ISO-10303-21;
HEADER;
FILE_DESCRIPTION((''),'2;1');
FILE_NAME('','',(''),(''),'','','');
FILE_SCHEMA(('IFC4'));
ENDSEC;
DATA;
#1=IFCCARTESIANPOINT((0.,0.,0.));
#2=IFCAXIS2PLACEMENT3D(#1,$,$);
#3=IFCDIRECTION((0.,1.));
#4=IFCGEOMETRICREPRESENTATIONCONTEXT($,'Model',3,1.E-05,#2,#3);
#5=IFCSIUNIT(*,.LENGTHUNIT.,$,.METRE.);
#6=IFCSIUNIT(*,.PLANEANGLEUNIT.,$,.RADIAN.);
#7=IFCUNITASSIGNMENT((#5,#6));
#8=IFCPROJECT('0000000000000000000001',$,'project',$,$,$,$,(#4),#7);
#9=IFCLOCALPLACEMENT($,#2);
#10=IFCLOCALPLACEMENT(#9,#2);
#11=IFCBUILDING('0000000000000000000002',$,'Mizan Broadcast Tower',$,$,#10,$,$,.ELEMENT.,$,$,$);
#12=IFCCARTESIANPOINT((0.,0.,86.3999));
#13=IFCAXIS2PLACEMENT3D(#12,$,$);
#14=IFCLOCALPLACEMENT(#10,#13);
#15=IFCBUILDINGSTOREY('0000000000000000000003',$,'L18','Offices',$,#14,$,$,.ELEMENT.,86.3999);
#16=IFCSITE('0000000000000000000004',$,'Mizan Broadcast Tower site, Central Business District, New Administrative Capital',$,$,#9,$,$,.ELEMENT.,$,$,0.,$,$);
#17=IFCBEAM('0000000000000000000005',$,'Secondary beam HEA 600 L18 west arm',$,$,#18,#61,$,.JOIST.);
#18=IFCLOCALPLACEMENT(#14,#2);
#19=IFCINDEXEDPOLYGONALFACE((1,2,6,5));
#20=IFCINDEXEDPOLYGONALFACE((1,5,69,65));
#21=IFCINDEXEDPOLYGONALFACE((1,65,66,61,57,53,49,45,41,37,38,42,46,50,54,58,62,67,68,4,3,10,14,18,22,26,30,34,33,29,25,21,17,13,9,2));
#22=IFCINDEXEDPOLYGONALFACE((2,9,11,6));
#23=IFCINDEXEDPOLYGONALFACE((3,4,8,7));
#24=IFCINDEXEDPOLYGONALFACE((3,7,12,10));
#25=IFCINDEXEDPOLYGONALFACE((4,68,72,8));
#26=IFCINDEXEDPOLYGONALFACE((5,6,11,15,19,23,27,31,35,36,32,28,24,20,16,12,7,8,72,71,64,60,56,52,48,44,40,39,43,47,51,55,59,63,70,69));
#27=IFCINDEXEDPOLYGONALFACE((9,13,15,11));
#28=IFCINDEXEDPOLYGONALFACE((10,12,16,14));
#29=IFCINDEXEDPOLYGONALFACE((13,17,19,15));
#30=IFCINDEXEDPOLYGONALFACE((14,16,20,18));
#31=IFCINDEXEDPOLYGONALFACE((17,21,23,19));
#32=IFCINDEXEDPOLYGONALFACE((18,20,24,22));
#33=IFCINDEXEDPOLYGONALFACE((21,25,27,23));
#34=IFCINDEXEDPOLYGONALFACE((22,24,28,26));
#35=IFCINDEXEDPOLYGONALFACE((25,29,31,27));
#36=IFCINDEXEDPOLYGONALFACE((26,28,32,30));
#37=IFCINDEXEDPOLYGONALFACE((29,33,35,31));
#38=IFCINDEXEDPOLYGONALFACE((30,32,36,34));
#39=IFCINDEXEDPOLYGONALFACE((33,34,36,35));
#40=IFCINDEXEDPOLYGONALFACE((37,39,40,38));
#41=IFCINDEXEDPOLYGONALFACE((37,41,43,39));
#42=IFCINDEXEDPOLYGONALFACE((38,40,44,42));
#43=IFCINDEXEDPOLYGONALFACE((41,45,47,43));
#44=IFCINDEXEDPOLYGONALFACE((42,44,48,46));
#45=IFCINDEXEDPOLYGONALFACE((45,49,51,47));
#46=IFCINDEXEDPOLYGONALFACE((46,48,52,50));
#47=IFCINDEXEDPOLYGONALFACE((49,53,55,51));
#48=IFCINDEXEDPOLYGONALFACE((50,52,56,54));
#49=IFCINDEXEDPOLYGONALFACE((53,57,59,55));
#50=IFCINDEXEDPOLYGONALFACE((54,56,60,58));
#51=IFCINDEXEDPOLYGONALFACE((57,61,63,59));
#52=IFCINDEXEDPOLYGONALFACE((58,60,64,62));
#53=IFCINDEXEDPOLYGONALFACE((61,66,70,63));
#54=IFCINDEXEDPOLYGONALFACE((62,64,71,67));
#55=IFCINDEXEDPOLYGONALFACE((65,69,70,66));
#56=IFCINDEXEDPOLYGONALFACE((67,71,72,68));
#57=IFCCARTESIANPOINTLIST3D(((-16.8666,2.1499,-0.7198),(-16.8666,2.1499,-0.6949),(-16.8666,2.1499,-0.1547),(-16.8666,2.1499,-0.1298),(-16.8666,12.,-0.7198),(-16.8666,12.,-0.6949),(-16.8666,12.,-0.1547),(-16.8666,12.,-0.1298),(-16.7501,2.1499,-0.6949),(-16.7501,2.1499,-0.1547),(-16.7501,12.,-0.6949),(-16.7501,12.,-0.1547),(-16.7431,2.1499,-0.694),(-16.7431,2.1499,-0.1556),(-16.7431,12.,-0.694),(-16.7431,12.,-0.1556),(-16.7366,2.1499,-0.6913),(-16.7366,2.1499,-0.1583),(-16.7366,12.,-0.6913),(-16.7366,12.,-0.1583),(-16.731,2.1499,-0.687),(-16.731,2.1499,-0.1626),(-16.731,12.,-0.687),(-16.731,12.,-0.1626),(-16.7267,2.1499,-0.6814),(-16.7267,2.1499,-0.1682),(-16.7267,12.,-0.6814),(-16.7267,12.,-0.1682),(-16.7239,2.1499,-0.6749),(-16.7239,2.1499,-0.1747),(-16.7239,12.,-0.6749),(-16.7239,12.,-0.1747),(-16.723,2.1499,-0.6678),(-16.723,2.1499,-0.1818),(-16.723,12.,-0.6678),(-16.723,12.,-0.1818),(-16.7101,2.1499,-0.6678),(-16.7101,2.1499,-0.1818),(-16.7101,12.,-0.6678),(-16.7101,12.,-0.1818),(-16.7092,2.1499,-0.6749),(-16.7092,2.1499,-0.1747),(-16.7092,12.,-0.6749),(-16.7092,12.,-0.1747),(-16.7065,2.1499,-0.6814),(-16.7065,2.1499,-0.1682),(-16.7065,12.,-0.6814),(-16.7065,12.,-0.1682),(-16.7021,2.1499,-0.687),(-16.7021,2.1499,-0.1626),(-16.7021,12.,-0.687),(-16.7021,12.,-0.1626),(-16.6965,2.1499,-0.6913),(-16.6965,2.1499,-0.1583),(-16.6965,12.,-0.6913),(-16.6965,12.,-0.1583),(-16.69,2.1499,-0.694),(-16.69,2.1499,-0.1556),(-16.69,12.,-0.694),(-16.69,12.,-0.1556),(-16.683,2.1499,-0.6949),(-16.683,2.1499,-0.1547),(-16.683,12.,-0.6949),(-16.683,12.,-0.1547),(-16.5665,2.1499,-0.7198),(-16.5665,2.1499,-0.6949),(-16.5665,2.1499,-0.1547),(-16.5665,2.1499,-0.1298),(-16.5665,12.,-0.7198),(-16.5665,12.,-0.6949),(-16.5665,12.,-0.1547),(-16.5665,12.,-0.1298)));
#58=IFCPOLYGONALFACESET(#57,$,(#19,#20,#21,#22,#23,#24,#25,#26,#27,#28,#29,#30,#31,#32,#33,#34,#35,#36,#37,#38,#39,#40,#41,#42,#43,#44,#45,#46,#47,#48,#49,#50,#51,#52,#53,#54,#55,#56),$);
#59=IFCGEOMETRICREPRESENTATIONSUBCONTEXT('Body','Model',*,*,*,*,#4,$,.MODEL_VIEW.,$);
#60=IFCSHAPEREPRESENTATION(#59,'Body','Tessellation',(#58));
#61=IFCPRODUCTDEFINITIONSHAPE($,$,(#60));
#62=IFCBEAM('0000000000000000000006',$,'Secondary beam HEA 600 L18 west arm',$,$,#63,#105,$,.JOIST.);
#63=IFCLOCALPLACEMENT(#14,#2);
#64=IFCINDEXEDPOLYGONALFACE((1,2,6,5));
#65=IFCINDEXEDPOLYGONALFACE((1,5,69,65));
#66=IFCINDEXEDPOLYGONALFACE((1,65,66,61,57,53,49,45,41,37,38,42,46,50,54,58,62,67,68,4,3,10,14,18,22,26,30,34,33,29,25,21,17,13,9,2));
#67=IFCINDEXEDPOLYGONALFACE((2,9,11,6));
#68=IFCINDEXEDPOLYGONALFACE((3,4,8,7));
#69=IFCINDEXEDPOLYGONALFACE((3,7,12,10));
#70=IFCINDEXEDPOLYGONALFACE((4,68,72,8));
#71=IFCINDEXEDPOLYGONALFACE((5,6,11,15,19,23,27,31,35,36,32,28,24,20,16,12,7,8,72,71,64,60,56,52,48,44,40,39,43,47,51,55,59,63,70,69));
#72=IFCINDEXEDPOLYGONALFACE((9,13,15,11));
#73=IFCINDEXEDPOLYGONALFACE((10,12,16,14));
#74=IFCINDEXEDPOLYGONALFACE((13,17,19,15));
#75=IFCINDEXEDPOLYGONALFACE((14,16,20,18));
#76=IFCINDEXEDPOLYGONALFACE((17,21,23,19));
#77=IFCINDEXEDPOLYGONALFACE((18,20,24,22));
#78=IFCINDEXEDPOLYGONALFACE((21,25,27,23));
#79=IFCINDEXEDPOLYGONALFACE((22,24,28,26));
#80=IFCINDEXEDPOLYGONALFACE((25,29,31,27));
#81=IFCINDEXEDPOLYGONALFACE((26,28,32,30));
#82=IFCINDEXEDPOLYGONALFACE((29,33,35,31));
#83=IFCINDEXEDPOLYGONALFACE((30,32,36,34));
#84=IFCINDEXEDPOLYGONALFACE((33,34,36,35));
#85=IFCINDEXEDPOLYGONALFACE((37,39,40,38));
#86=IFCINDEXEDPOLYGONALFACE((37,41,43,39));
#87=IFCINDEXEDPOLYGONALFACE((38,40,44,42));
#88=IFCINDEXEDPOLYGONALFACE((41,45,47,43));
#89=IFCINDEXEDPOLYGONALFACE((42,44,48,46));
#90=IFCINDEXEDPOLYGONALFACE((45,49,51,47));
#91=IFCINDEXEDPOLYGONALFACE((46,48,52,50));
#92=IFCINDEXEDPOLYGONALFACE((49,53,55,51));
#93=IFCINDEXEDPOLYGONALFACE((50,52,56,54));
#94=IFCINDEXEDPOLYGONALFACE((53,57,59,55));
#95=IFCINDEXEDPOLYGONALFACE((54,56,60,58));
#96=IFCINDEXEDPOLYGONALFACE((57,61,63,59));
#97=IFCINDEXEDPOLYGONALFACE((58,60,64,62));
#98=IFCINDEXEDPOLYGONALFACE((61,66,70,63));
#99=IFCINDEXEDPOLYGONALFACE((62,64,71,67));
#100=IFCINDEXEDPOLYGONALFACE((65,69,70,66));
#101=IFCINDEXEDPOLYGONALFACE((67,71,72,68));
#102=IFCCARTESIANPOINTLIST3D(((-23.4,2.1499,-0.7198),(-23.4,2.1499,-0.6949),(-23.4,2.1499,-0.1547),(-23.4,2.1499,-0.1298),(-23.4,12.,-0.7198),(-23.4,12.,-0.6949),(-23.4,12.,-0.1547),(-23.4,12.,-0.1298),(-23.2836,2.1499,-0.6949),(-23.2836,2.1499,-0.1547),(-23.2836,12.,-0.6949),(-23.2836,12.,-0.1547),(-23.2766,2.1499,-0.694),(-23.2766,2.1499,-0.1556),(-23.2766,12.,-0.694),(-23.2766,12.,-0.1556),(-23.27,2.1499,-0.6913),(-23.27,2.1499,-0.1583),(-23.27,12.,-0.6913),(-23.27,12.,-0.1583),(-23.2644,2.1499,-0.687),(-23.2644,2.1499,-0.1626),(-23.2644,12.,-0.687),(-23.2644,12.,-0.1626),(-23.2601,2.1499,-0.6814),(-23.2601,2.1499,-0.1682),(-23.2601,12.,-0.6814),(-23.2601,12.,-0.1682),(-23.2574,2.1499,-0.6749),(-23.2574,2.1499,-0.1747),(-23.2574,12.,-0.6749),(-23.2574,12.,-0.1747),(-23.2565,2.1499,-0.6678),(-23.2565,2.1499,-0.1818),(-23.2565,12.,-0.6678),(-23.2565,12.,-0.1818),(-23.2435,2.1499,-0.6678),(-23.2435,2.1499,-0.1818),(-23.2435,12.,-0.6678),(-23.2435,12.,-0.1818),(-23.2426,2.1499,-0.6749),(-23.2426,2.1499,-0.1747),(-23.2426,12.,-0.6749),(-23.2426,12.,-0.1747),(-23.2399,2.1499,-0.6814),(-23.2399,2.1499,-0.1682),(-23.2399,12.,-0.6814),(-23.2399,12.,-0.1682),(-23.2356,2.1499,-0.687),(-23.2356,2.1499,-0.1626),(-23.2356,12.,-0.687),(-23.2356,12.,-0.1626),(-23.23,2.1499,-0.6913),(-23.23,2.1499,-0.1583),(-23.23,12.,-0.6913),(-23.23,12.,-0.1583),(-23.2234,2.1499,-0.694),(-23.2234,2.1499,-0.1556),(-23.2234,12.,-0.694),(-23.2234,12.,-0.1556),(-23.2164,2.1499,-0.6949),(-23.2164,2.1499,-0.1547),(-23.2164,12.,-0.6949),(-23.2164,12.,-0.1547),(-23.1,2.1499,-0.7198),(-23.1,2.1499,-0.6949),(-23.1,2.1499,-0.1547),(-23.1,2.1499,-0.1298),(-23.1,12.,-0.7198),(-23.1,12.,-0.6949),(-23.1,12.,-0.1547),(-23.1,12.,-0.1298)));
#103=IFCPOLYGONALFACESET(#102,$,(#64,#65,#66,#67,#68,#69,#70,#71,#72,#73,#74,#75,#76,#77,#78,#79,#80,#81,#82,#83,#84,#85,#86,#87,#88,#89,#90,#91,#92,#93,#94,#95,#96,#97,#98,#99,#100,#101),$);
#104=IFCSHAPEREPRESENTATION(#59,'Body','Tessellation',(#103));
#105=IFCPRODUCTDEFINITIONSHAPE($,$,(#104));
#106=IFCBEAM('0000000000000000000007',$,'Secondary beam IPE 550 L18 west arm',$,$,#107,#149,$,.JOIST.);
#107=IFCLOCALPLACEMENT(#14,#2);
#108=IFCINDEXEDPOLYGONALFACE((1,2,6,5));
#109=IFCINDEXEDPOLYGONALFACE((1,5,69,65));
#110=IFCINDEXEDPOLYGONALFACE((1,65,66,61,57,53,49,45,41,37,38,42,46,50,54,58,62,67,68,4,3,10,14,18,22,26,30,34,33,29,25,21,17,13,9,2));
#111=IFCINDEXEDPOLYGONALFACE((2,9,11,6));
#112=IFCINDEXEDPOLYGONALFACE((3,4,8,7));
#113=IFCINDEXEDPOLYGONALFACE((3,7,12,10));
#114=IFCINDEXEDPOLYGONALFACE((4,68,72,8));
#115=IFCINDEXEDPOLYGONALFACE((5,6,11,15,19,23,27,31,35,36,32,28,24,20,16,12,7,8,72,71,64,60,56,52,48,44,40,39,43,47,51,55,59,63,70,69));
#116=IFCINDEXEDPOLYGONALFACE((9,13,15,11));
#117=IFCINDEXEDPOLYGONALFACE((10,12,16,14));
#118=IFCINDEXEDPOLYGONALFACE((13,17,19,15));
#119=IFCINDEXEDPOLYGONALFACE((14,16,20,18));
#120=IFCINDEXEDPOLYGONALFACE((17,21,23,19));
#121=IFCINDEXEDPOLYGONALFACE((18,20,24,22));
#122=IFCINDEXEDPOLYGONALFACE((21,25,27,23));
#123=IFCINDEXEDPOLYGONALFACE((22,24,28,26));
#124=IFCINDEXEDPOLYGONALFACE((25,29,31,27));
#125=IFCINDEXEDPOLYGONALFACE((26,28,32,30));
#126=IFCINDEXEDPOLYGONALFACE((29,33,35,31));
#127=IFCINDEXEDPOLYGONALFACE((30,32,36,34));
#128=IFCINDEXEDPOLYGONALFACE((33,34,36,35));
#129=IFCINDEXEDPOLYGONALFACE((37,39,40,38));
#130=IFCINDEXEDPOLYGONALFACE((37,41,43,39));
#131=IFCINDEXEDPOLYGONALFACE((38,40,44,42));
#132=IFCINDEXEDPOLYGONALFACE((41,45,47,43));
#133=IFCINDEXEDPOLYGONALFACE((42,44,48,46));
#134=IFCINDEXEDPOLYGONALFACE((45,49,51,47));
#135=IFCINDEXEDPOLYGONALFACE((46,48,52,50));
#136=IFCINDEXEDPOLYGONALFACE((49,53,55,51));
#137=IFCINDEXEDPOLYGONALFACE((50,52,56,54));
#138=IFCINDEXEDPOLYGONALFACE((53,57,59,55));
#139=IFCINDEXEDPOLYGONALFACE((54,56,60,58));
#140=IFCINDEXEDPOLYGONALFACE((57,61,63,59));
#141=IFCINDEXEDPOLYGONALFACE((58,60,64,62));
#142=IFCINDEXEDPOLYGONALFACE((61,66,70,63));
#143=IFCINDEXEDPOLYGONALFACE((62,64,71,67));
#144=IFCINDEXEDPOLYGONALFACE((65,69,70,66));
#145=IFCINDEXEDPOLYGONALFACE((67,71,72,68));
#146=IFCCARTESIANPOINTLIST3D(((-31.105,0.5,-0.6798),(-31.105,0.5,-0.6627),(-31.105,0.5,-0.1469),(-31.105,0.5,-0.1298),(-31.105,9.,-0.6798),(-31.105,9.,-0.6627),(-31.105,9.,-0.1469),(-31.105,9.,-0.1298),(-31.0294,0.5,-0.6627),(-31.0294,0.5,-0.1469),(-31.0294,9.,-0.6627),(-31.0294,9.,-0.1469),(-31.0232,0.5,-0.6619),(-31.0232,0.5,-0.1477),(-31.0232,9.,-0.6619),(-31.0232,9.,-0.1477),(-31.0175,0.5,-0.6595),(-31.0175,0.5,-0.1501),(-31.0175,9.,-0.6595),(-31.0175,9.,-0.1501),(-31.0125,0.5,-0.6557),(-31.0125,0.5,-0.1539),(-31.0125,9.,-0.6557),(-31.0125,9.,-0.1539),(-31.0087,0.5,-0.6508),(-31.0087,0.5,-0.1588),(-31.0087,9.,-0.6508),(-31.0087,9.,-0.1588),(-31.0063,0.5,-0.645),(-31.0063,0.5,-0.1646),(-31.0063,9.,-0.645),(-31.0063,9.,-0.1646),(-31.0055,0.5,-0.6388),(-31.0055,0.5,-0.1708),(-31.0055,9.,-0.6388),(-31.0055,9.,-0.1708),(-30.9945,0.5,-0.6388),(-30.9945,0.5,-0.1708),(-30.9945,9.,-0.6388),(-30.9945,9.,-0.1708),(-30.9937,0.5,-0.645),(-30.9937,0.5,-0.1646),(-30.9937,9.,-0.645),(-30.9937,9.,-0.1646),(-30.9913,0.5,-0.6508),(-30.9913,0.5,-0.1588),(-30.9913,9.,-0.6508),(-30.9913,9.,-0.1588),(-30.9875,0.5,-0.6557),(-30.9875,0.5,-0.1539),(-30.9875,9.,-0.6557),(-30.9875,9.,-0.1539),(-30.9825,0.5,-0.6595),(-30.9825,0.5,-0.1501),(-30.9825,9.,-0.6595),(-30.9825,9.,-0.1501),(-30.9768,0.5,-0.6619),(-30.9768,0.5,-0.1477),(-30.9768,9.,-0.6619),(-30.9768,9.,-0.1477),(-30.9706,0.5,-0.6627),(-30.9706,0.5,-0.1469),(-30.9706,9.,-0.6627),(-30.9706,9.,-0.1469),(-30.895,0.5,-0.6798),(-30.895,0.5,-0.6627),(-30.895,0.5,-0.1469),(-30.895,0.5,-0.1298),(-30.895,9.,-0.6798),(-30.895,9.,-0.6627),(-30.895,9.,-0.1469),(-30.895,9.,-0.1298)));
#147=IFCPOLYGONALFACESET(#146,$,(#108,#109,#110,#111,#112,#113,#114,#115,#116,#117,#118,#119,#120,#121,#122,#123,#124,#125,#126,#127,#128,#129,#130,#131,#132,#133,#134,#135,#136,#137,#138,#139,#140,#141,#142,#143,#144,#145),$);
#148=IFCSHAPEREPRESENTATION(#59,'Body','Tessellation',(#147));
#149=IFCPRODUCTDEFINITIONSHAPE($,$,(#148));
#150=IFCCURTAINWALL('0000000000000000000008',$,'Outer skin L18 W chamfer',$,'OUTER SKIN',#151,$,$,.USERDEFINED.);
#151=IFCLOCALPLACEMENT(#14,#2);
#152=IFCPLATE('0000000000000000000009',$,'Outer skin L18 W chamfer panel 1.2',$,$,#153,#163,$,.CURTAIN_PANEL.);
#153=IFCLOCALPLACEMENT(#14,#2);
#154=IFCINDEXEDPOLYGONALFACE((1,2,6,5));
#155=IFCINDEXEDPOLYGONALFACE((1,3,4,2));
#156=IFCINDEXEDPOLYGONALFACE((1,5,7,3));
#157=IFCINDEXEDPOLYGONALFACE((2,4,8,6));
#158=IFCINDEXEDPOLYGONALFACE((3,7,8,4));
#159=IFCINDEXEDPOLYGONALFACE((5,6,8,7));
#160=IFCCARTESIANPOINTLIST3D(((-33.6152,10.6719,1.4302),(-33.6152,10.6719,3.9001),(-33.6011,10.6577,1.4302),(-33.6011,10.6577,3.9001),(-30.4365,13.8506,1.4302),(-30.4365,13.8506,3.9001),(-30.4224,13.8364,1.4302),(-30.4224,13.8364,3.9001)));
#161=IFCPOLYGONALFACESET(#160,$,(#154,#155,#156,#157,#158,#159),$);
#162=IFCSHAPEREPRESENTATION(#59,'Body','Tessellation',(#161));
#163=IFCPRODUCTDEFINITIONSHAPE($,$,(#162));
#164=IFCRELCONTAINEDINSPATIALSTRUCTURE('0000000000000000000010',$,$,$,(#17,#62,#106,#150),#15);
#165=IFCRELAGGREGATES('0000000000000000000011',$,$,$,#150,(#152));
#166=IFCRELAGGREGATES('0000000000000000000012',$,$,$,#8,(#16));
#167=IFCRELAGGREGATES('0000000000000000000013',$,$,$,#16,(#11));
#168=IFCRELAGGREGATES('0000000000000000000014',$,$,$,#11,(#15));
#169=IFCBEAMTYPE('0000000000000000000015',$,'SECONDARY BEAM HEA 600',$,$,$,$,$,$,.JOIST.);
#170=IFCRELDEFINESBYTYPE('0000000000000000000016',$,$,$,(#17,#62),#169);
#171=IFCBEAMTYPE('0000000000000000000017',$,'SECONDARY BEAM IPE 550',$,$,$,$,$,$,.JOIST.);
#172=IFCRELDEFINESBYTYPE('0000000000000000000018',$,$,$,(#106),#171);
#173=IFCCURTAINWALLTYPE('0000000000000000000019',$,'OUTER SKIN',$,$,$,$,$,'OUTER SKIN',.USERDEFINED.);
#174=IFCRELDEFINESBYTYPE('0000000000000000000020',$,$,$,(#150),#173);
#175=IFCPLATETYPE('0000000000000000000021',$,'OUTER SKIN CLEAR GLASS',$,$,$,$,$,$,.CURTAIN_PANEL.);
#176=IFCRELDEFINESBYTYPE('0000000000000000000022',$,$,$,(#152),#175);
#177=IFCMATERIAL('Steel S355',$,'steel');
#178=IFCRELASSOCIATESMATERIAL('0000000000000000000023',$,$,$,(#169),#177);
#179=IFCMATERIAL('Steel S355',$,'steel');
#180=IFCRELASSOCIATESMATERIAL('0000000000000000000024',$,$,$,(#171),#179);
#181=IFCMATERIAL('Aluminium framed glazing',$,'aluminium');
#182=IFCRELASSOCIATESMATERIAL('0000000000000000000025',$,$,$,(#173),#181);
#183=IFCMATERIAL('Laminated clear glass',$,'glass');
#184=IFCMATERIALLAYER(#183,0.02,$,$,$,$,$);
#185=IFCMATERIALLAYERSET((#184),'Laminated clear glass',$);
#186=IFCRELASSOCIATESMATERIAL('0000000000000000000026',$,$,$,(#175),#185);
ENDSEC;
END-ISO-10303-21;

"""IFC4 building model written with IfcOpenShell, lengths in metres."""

from ifc_helpers import new_model, si_unit, direction, frame, origin, origin_2d, place, context, subcontext, project, spatial, rectangle, i_section, extrude, material, layer, layer_set, material_profile, profile_set, type_object, element, aggregate, save


model = new_model("IFC4")

# Units and contexts
model_context = context("Model", 3, precision=1e-05, world=origin(), true_north=direction((0.0, 1.0)))
body_context = subcontext(model_context, "Body", "Model", "MODEL_VIEW")
ifc_project = project(units=[si_unit("LENGTHUNIT", "METRE"), si_unit("PLANEANGLEUNIT", "RADIAN")], contexts=[model_context])

# Site, building, storey
site_placement = place(None, origin())
site = spatial("IfcSite", under=ifc_project, at=site_placement, Name="Mizan Broadcast Tower site, Central Business District, New Administrative Capital", CompositionType="ELEMENT", RefElevation=0.0)
building_placement = place(site_placement, origin())
building = spatial("IfcBuilding", under=site, at=building_placement, Name="Mizan Broadcast Tower", CompositionType="ELEMENT")
storey_placement = place(building_placement, frame((0.0, 0.0, 86.3999)))
storey = spatial("IfcBuildingStorey", under=building, at=storey_placement, Name="L18", Description="Offices", CompositionType="ELEMENT", Elevation=86.3999)

# Beams
ifc_material_1 = material(Name="Steel S355", Category="steel")
ifc_material_profile_1 = material_profile(ifc_material_1, i_section(OverallWidth=0.3, OverallDepth=0.5901, WebThickness=0.0129, FlangeThickness=0.0249, FilletRadius=0.0271, at=origin_2d()), Name="HEA 600")
ifc_profile_set_1 = profile_set([ifc_material_profile_1], Name="Steel S355")
beam_type_1 = type_object("IfcBeamType", Name="SECONDARY BEAM HEA 600", PredefinedType="JOIST", material=ifc_profile_set_1)
for number, where, z_axis, x_axis, name in (
    (1, (-16.7166, 12.0, -0.4248), (0.0, -1.0, 0.0), (1.0, 0.0, 0.0), "Secondary beam HEA 600 L18 west arm"),
    (2, (-23.25, 12.0, -0.4248), (0.0, -1.0, 0.0), (1.0, 0.0, 0.0), "Secondary beam HEA 600 L18 west arm"),
):
    element("IfcBeam", number, at=place(storey_placement, frame(where, z_axis=z_axis, x_axis=x_axis)), inside=storey, type_object=beam_type_1, Name=name, PredefinedType="JOIST", context=body_context, shape_type="SweptSolid", body=[
        extrude(i_section(OverallWidth=0.3, OverallDepth=0.5901, WebThickness=0.0129, FlangeThickness=0.0249, FilletRadius=0.0271, at=origin_2d()), origin(), (0.0, 0.0, 1.0), 9.8501),
    ])
ifc_material_2 = material(Name="Steel S355", Category="steel")
ifc_material_profile_2 = material_profile(ifc_material_2, i_section(OverallWidth=0.21, OverallDepth=0.55, WebThickness=0.011, FlangeThickness=0.0171, FilletRadius=0.0239, at=origin_2d()), Name="IPE 550")
ifc_profile_set_2 = profile_set([ifc_material_profile_2], Name="Steel S355")
beam_type_2 = type_object("IfcBeamType", Name="SECONDARY BEAM IPE 550", PredefinedType="JOIST", material=ifc_profile_set_2)
beam_1_placement = place(storey_placement, frame((-31.0, 9.0, -0.4048), z_axis=(0.0, -1.0, 0.0), x_axis=(1.0, 0.0, 0.0)))
element("IfcBeam", 3, at=beam_1_placement, inside=storey, type_object=beam_type_2, Name="Secondary beam IPE 550 L18 west arm", PredefinedType="JOIST", context=body_context, shape_type="SweptSolid", body=[
    extrude(i_section(OverallWidth=0.21, OverallDepth=0.55, WebThickness=0.011, FlangeThickness=0.0171, FilletRadius=0.0239, at=origin_2d()), origin(), (0.0, 0.0, 1.0), 8.5),
])

# Curtain wall, plate
ifc_material_3 = material(Name="Aluminium framed glazing", Category="aluminium")
curtain_wall_type = type_object("IfcCurtainWallType", Name="OUTER SKIN", ElementType="OUTER SKIN", PredefinedType="USERDEFINED", material=ifc_material_3)
curtain_wall_placement = place(storey_placement, origin())
curtain_wall = element("IfcCurtainWall", 4, at=curtain_wall_placement, inside=storey, type_object=curtain_wall_type, Name="Outer skin L18 W chamfer", ObjectType="OUTER SKIN", PredefinedType="USERDEFINED")
ifc_material_4 = material(Name="Laminated clear glass", Category="glass")
ifc_layer_1 = layer(ifc_material_4, 0.02)
ifc_layer_set_1 = layer_set([ifc_layer_1], Name="Laminated clear glass")
plate_type = type_object("IfcPlateType", Name="OUTER SKIN CLEAR GLASS", PredefinedType="CURTAIN_PANEL", material=ifc_layer_set_1)
plate_placement = place(storey_placement, frame((-32.0188, 12.2542, 1.4302), z_axis=(0.0, 0.0, 1.0), x_axis=(-0.707107, -0.707107, 0.0)))
plate = element("IfcPlate", 5, at=plate_placement, type_object=plate_type, Name="Outer skin L18 W chamfer panel 1.2", PredefinedType="CURTAIN_PANEL", context=body_context, shape_type="SweptSolid", body=[
    extrude(rectangle(XDim=4.4954, YDim=0.02, at=origin_2d()), origin(), (0.0, 0.0, 1.0), 2.47),
])
aggregate(curtain_wall, [plate])

save(model, "model.ifc")
